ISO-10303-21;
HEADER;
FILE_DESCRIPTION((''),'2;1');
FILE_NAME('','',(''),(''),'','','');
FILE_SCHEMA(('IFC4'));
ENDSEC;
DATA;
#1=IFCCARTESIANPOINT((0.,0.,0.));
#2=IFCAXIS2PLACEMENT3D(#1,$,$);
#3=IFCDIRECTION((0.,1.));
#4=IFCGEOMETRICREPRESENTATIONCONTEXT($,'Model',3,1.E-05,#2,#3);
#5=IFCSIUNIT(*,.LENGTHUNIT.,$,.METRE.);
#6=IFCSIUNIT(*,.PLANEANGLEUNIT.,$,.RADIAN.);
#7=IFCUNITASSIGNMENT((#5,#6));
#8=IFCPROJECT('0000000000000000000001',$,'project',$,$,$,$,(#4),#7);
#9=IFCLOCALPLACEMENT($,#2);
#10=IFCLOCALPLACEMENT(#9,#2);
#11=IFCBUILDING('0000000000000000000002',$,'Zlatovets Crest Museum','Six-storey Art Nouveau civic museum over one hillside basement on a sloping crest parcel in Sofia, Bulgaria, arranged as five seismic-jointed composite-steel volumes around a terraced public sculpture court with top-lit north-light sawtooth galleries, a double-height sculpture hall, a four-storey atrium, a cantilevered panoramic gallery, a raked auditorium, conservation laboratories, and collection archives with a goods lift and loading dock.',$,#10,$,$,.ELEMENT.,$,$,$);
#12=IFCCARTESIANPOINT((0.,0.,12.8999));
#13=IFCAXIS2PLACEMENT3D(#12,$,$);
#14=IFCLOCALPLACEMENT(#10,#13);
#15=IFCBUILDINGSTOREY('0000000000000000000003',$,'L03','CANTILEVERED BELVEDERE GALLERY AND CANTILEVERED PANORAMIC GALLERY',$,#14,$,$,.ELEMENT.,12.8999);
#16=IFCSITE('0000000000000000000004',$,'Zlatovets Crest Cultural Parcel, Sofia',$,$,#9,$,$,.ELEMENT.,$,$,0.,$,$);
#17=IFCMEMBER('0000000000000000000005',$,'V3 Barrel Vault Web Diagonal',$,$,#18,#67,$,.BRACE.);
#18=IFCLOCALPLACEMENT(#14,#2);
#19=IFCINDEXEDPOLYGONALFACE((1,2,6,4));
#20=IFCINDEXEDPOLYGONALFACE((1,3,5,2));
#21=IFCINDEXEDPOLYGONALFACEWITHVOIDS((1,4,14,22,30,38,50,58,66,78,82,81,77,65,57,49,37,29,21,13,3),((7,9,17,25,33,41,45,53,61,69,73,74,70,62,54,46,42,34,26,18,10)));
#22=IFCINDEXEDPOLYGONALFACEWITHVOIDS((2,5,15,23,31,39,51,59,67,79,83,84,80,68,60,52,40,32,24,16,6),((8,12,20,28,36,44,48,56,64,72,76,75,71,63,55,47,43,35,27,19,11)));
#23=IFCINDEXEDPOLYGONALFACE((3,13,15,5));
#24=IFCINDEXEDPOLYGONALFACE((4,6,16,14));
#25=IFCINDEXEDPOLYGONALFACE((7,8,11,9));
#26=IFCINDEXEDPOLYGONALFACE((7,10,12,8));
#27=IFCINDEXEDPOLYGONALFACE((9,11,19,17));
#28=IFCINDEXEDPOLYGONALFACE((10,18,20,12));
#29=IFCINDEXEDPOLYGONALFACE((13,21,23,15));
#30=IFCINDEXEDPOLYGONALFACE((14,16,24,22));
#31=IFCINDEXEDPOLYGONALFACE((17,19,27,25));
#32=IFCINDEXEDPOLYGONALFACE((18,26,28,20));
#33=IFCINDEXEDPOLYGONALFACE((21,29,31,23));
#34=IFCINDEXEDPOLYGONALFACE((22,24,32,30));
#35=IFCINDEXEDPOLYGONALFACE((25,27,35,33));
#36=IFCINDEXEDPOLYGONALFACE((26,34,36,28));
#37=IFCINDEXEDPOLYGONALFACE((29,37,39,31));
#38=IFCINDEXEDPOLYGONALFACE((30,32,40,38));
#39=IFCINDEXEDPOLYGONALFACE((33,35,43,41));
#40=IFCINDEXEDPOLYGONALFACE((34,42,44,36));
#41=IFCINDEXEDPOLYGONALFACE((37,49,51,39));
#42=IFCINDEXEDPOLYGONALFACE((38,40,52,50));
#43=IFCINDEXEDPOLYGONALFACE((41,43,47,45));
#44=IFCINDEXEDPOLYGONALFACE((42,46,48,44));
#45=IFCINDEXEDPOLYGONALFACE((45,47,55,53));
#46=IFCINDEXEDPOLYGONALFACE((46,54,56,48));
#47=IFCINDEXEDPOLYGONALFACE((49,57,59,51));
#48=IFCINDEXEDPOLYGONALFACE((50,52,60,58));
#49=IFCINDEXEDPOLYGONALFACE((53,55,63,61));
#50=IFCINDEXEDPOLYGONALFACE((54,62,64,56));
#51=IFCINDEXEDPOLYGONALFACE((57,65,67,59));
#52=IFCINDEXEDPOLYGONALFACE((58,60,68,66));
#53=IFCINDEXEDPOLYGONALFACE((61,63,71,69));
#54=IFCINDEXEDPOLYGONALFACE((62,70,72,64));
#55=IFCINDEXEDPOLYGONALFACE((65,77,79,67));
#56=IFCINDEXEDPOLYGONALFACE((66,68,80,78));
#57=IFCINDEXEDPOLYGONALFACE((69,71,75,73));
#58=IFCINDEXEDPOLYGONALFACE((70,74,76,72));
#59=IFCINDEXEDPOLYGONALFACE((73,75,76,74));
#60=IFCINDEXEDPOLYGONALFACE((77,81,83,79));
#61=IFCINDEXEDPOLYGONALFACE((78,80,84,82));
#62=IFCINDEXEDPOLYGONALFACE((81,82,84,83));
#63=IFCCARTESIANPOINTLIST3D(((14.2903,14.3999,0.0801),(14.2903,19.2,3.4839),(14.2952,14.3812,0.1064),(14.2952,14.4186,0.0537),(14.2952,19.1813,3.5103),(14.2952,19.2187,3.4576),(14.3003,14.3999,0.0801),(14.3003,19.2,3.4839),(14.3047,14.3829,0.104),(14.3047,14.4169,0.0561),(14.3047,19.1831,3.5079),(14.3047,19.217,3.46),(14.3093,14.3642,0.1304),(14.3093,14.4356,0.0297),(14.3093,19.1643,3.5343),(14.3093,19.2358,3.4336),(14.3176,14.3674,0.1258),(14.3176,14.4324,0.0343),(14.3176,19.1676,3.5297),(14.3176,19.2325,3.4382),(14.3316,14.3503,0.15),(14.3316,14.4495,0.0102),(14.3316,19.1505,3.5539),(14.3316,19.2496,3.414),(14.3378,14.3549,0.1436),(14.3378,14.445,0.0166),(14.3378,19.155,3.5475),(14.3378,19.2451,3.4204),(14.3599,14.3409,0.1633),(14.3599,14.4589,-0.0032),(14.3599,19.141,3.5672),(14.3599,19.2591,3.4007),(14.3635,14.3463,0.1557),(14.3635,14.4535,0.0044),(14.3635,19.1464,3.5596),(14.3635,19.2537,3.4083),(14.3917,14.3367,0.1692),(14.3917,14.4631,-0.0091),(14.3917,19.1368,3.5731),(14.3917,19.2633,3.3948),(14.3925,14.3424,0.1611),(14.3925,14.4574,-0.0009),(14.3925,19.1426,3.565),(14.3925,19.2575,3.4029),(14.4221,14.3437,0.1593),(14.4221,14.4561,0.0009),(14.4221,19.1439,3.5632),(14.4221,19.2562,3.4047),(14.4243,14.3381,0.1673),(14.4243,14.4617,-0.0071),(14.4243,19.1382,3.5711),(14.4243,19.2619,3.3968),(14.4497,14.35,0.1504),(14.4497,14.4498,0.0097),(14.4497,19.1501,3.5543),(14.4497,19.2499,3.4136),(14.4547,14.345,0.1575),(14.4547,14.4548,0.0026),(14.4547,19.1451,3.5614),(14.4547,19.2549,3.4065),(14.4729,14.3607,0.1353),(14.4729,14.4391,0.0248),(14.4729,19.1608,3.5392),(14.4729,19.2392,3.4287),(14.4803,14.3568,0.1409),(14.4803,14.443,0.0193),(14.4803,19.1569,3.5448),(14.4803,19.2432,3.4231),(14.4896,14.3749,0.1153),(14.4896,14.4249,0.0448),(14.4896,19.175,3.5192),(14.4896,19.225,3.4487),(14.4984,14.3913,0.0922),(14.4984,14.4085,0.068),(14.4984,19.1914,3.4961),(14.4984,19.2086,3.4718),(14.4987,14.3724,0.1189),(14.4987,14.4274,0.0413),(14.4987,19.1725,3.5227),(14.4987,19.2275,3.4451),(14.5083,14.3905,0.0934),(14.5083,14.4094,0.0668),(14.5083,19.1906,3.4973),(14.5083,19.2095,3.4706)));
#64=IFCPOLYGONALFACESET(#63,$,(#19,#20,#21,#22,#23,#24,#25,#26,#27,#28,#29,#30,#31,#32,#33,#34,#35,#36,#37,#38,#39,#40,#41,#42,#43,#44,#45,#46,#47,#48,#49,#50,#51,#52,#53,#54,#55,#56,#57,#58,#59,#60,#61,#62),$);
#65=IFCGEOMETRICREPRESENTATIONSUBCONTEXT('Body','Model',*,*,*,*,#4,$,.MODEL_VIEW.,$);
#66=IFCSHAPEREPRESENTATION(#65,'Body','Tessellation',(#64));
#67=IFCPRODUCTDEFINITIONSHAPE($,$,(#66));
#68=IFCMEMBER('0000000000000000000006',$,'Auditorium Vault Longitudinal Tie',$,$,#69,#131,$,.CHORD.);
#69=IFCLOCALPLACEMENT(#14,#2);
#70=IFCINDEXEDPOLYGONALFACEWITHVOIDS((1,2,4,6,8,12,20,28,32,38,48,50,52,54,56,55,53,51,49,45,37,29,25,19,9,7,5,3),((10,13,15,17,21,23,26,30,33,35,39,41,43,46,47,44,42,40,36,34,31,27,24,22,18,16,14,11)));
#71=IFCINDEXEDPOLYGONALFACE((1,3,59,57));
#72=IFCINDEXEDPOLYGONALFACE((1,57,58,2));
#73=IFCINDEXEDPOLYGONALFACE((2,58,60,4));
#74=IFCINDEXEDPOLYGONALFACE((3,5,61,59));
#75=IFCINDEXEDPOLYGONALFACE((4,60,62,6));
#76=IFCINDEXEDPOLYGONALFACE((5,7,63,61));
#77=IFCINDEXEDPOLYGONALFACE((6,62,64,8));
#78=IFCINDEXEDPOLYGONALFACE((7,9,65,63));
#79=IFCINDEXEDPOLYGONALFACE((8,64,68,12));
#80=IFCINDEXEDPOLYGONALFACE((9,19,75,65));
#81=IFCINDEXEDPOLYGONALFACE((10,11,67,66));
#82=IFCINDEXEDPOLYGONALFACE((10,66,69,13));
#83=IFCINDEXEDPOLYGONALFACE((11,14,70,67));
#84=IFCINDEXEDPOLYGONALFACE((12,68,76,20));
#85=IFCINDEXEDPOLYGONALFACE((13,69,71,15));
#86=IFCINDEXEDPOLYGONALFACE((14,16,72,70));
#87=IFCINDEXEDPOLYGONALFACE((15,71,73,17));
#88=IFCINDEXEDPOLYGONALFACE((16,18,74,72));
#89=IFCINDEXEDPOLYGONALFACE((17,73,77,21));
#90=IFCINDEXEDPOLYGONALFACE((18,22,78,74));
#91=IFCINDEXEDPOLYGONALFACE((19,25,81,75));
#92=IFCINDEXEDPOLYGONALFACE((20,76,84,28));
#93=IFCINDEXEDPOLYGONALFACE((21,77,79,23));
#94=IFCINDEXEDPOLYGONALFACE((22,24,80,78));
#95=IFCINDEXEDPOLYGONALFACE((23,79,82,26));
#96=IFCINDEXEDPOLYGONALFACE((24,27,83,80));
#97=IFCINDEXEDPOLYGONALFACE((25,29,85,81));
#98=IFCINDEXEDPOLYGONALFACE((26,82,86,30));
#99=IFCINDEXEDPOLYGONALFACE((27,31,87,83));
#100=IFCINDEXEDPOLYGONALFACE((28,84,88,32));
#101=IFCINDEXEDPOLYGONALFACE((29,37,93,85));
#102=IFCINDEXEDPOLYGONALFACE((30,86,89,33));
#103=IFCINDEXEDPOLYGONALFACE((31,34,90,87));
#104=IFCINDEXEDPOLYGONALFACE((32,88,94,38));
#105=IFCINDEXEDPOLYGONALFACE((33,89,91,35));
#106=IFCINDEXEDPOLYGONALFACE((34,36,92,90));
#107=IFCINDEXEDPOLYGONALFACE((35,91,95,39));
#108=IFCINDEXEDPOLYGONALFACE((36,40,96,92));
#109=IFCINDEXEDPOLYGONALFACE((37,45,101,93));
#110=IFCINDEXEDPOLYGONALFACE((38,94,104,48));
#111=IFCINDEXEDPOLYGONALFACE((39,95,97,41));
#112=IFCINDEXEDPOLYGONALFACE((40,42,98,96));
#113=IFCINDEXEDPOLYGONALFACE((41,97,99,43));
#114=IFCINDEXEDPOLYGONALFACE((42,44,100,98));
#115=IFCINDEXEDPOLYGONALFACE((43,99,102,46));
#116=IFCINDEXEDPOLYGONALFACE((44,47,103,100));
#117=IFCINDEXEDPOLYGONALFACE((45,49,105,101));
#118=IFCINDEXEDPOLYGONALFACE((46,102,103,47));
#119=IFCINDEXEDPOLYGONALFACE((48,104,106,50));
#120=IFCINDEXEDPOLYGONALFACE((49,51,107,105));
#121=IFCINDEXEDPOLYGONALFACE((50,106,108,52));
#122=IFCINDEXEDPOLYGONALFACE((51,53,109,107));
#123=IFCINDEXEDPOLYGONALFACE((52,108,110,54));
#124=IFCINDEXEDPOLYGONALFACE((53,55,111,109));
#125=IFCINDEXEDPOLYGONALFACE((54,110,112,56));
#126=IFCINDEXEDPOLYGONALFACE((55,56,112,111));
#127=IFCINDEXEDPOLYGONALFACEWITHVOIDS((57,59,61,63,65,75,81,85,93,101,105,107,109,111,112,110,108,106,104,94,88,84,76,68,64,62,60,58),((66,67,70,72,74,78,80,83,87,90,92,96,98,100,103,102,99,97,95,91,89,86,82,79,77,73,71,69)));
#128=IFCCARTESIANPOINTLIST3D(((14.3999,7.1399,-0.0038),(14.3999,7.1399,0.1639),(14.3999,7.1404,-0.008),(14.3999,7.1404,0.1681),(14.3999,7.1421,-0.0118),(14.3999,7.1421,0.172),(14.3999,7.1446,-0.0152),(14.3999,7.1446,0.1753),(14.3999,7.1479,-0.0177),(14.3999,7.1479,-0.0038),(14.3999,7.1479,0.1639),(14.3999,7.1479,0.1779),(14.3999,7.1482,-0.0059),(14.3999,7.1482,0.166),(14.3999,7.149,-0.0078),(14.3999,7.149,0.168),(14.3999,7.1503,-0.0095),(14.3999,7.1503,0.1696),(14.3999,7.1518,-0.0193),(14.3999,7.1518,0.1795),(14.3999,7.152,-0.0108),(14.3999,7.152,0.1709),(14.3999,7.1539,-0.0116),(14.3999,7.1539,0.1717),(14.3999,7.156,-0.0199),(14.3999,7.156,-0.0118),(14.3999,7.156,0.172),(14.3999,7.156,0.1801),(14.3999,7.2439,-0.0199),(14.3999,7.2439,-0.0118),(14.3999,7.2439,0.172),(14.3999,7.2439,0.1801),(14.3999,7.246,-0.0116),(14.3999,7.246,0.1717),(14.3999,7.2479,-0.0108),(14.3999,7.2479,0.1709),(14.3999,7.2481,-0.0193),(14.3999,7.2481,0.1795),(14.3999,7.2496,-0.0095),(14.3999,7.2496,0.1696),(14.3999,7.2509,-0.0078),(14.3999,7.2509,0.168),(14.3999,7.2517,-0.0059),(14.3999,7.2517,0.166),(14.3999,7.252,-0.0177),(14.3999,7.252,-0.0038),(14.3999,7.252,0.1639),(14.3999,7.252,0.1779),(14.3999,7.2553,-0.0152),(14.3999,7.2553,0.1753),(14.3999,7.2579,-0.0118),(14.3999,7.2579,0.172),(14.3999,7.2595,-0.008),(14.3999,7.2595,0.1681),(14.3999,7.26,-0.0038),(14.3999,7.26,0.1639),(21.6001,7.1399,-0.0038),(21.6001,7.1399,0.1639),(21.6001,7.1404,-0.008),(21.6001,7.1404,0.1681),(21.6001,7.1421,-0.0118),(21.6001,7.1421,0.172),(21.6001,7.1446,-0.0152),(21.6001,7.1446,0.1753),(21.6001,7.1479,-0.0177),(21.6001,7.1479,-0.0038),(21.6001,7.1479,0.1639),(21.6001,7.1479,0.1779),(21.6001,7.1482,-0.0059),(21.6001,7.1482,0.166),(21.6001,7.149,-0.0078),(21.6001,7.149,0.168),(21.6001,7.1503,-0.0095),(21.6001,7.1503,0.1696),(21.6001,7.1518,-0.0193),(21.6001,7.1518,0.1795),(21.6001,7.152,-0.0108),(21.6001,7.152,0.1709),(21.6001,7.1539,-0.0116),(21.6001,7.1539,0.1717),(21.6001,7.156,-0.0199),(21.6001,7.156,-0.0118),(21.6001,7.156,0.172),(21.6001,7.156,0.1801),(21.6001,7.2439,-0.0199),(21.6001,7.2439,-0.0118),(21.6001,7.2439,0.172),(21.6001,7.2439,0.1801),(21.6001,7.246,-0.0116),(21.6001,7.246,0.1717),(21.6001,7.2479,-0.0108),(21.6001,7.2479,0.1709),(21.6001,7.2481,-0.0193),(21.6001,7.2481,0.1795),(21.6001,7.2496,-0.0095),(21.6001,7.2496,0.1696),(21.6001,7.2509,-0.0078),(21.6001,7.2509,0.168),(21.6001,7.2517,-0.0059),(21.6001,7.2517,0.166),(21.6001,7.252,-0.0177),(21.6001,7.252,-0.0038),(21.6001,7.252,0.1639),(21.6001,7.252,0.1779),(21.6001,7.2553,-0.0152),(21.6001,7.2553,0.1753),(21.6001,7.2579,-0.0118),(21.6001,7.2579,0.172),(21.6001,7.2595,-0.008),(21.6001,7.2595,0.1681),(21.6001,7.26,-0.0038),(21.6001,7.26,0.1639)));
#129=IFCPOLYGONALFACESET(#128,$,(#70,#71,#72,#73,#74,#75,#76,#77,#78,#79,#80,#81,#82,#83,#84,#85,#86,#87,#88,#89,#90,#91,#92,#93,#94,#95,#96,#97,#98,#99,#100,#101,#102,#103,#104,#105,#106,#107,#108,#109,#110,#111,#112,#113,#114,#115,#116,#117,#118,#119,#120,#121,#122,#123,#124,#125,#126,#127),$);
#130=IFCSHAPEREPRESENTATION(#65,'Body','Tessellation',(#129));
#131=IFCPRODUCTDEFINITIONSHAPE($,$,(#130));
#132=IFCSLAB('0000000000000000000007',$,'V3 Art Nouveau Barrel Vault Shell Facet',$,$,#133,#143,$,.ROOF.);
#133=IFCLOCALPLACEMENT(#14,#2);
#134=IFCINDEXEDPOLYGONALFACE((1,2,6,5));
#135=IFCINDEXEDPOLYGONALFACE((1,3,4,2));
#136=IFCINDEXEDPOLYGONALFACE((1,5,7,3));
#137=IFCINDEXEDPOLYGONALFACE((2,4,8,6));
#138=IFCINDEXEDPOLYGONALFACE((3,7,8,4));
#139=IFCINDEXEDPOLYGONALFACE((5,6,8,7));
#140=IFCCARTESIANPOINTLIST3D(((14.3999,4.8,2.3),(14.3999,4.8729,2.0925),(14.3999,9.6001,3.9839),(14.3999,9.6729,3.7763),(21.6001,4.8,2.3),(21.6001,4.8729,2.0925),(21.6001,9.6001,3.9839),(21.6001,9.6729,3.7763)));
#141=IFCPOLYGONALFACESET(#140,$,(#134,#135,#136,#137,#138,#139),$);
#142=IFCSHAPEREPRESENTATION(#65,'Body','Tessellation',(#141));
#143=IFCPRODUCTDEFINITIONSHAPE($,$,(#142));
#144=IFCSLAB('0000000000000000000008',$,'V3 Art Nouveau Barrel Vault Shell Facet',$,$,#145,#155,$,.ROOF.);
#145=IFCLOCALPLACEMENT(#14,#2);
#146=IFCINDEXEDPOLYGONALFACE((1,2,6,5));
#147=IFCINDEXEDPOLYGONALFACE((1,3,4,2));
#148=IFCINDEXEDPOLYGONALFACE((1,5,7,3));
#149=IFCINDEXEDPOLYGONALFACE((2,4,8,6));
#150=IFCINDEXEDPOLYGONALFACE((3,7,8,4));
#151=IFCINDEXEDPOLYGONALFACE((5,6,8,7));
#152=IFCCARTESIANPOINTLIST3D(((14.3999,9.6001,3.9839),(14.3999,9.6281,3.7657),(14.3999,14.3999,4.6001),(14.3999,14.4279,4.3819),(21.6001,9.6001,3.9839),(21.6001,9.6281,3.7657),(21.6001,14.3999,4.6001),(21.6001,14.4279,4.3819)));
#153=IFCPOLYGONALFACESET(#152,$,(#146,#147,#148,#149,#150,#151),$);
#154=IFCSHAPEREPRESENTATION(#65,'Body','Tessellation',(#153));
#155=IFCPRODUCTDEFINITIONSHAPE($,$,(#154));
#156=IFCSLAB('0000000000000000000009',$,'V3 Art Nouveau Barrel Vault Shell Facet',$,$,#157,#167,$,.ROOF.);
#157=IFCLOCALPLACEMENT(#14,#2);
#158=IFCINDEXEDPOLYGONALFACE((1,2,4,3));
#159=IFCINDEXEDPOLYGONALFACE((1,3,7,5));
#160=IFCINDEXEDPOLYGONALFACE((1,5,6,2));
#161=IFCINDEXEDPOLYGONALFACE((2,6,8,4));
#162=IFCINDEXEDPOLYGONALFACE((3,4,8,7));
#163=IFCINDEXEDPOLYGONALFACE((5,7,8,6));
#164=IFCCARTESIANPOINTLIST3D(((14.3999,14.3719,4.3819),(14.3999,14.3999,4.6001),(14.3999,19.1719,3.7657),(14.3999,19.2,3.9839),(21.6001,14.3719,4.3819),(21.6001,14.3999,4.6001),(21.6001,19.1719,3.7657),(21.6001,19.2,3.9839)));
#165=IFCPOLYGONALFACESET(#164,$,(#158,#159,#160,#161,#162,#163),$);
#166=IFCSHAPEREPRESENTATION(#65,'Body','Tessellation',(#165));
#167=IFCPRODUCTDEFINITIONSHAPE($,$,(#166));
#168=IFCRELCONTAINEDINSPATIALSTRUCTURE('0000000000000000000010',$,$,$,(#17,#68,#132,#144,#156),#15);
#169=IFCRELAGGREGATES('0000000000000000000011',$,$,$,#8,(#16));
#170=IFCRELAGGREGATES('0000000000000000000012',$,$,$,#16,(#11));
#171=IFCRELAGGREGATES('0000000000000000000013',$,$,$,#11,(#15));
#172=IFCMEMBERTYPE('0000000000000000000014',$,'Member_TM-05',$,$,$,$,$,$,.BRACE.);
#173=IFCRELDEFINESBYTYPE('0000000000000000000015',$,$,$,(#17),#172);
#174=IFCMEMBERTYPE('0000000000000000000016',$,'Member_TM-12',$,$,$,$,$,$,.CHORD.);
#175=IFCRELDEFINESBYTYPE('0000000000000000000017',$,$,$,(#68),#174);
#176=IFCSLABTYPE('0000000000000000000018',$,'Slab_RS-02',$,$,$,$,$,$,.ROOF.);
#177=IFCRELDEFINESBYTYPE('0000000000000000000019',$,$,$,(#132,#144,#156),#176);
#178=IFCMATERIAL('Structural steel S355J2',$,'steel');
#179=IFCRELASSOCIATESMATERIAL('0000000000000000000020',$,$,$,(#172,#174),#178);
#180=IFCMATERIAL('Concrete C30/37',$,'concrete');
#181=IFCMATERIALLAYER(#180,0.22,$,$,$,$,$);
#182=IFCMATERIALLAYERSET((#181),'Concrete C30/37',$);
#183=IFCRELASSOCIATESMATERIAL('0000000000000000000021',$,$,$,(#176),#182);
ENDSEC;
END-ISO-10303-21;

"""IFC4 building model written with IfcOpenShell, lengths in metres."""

from ifc_helpers import new_model, si_unit, direction, frame, origin, origin_2d, place, context, subcontext, project, spatial, polyline, hollow_rectangle, hollow_circle, outline, extrude, material, layer, layer_set, material_profile, profile_set, type_object, element, save


model = new_model("IFC4")

# Units and contexts
model_context = context("Model", 3, precision=1e-05, world=origin(), true_north=direction((0.0, 1.0)))
body_context = subcontext(model_context, "Body", "Model", "MODEL_VIEW")
ifc_project = project(units=[si_unit("LENGTHUNIT", "METRE"), si_unit("PLANEANGLEUNIT", "RADIAN")], contexts=[model_context])

# Site, building, storey
site_placement = place(None, origin())
site = spatial("IfcSite", under=ifc_project, at=site_placement, Name="Zlatovets Crest Cultural Parcel, Sofia", CompositionType="ELEMENT", RefElevation=0.0)
building_placement = place(site_placement, origin())
building = spatial("IfcBuilding", under=site, at=building_placement, Name="Zlatovets Crest Museum", Description="Six-storey Art Nouveau civic museum over one hillside basement on a sloping crest parcel in Sofia, Bulgaria, arranged as five seismic-jointed composite-steel volumes around a terraced public sculpture court with top-lit north-light sawtooth galleries, a double-height sculpture hall, a four-storey atrium, a cantilevered panoramic gallery, a raked auditorium, conservation laboratories, and collection archives with a goods lift and loading dock.", CompositionType="ELEMENT")
storey_placement = place(building_placement, frame((0.0, 0.0, 12.8999)))
storey = spatial("IfcBuildingStorey", under=building, at=storey_placement, Name="L03", Description="CANTILEVERED BELVEDERE GALLERY AND CANTILEVERED PANORAMIC GALLERY", CompositionType="ELEMENT", Elevation=12.8999)

# Shared definitions
ifc_material_1 = material(Name="Structural steel S355J2", Category="steel")

# Members
ifc_material_profile_1 = material_profile(ifc_material_1, hollow_circle(Radius=0.1096, WallThickness=0.01, at=origin_2d()), Name="CHS 219.1x10.0")
ifc_profile_set_1 = profile_set([ifc_material_profile_1], Name="Structural steel S355J2")
member_type_1 = type_object("IfcMemberType", Name="Member_TM-05", PredefinedType="BRACE", material=ifc_profile_set_1)
member_1_placement = place(storey_placement, frame((14.3999, 14.3999, 0.0801), z_axis=(0.0, 0.815722, 0.578444), x_axis=(-1.0, 0.0, 0.0)))
element("IfcMember", 1, at=member_1_placement, inside=storey, type_object=member_type_1, Name="V3 Barrel Vault Web Diagonal", PredefinedType="BRACE", context=body_context, shape_type="SweptSolid", body=[
    extrude(hollow_circle(Radius=0.1096, WallThickness=0.01, at=origin_2d()), origin(), (0.0, 0.0, 1.0), 5.8845),
])
ifc_material_profile_2 = material_profile(ifc_material_1, hollow_rectangle(XDim=0.1201, YDim=0.2, WallThickness=0.0081, InnerFilletRadius=0.0081, OuterFilletRadius=0.0161, at=origin_2d()), Name="RHS 120x200x8.0")
ifc_profile_set_2 = profile_set([ifc_material_profile_2], Name="Structural steel S355J2")
member_type_2 = type_object("IfcMemberType", Name="Member_TM-12", PredefinedType="CHORD", material=ifc_profile_set_2)
member_2_placement = place(storey_placement, frame((14.3999, 7.2, 0.0801), z_axis=(1.0, 0.0, 0.0), x_axis=(0.0, 1.0, 0.0)))
element("IfcMember", 2, at=member_2_placement, inside=storey, type_object=member_type_2, Name="Auditorium Vault Longitudinal Tie", PredefinedType="CHORD", context=body_context, shape_type="SweptSolid", body=[
    extrude(hollow_rectangle(XDim=0.1201, YDim=0.2, WallThickness=0.0081, InnerFilletRadius=0.0081, OuterFilletRadius=0.0161, at=origin_2d()), origin(), (0.0, 0.0, 1.0), 7.2002),
])

# Slabs
ifc_material_2 = material(Name="Concrete C30/37", Category="concrete")
ifc_layer = layer(ifc_material_2, 0.22)
ifc_layer_set = layer_set([ifc_layer], Name="Concrete C30/37")
slab_type = type_object("IfcSlabType", Name="Slab_RS-02", PredefinedType="ROOF", material=ifc_layer_set)
slab_1_placement = place(storey_placement, frame((14.3999, 4.8, 2.3), z_axis=(0.0, -0.331019, 0.943624), x_axis=(1.0, 0.0, 0.0)))
element("IfcSlab", 3, at=slab_1_placement, inside=storey, type_object=slab_type, Name="V3 Art Nouveau Barrel Vault Shell Facet", PredefinedType="ROOF", context=body_context, shape_type="SweptSolid", body=[
    extrude(outline(polyline([(0.0, 0.0), (7.2002, 0.0), (7.2002, 5.0868), (0.0, 5.0868), (0.0, 0.0)])), origin(), (0.0, 0.0, -1.0), 0.22),
])
slab_2_placement = place(storey_placement, frame((14.3999, 9.6001, 3.9839), z_axis=(0.0, -0.127337, 0.991859), x_axis=(1.0, 0.0, 0.0)))
element("IfcSlab", 4, at=slab_2_placement, inside=storey, type_object=slab_type, Name="V3 Art Nouveau Barrel Vault Shell Facet", PredefinedType="ROOF", context=body_context, shape_type="SweptSolid", body=[
    extrude(outline(polyline([(0.0, 0.0), (7.2002, 0.0), (7.2002, 4.8392), (0.0, 4.8392), (0.0, 0.0)])), origin(), (0.0, 0.0, -1.0), 0.22),
])
slab_3_placement = place(storey_placement, frame((14.3999, 14.3999, 4.6001), z_axis=(0.0, 0.127331, 0.99186), x_axis=(1.0, 0.0, 0.0)))
element("IfcSlab", 5, at=slab_3_placement, inside=storey, type_object=slab_type, Name="V3 Art Nouveau Barrel Vault Shell Facet", PredefinedType="ROOF", context=body_context, shape_type="SweptSolid", body=[
    extrude(outline(polyline([(0.0, 0.0), (7.2002, 0.0), (7.2002, 4.8394), (0.0, 4.8394), (0.0, 0.0)])), origin(), (0.0, 0.0, -1.0), 0.22),
])

save(model, "model.ifc")
